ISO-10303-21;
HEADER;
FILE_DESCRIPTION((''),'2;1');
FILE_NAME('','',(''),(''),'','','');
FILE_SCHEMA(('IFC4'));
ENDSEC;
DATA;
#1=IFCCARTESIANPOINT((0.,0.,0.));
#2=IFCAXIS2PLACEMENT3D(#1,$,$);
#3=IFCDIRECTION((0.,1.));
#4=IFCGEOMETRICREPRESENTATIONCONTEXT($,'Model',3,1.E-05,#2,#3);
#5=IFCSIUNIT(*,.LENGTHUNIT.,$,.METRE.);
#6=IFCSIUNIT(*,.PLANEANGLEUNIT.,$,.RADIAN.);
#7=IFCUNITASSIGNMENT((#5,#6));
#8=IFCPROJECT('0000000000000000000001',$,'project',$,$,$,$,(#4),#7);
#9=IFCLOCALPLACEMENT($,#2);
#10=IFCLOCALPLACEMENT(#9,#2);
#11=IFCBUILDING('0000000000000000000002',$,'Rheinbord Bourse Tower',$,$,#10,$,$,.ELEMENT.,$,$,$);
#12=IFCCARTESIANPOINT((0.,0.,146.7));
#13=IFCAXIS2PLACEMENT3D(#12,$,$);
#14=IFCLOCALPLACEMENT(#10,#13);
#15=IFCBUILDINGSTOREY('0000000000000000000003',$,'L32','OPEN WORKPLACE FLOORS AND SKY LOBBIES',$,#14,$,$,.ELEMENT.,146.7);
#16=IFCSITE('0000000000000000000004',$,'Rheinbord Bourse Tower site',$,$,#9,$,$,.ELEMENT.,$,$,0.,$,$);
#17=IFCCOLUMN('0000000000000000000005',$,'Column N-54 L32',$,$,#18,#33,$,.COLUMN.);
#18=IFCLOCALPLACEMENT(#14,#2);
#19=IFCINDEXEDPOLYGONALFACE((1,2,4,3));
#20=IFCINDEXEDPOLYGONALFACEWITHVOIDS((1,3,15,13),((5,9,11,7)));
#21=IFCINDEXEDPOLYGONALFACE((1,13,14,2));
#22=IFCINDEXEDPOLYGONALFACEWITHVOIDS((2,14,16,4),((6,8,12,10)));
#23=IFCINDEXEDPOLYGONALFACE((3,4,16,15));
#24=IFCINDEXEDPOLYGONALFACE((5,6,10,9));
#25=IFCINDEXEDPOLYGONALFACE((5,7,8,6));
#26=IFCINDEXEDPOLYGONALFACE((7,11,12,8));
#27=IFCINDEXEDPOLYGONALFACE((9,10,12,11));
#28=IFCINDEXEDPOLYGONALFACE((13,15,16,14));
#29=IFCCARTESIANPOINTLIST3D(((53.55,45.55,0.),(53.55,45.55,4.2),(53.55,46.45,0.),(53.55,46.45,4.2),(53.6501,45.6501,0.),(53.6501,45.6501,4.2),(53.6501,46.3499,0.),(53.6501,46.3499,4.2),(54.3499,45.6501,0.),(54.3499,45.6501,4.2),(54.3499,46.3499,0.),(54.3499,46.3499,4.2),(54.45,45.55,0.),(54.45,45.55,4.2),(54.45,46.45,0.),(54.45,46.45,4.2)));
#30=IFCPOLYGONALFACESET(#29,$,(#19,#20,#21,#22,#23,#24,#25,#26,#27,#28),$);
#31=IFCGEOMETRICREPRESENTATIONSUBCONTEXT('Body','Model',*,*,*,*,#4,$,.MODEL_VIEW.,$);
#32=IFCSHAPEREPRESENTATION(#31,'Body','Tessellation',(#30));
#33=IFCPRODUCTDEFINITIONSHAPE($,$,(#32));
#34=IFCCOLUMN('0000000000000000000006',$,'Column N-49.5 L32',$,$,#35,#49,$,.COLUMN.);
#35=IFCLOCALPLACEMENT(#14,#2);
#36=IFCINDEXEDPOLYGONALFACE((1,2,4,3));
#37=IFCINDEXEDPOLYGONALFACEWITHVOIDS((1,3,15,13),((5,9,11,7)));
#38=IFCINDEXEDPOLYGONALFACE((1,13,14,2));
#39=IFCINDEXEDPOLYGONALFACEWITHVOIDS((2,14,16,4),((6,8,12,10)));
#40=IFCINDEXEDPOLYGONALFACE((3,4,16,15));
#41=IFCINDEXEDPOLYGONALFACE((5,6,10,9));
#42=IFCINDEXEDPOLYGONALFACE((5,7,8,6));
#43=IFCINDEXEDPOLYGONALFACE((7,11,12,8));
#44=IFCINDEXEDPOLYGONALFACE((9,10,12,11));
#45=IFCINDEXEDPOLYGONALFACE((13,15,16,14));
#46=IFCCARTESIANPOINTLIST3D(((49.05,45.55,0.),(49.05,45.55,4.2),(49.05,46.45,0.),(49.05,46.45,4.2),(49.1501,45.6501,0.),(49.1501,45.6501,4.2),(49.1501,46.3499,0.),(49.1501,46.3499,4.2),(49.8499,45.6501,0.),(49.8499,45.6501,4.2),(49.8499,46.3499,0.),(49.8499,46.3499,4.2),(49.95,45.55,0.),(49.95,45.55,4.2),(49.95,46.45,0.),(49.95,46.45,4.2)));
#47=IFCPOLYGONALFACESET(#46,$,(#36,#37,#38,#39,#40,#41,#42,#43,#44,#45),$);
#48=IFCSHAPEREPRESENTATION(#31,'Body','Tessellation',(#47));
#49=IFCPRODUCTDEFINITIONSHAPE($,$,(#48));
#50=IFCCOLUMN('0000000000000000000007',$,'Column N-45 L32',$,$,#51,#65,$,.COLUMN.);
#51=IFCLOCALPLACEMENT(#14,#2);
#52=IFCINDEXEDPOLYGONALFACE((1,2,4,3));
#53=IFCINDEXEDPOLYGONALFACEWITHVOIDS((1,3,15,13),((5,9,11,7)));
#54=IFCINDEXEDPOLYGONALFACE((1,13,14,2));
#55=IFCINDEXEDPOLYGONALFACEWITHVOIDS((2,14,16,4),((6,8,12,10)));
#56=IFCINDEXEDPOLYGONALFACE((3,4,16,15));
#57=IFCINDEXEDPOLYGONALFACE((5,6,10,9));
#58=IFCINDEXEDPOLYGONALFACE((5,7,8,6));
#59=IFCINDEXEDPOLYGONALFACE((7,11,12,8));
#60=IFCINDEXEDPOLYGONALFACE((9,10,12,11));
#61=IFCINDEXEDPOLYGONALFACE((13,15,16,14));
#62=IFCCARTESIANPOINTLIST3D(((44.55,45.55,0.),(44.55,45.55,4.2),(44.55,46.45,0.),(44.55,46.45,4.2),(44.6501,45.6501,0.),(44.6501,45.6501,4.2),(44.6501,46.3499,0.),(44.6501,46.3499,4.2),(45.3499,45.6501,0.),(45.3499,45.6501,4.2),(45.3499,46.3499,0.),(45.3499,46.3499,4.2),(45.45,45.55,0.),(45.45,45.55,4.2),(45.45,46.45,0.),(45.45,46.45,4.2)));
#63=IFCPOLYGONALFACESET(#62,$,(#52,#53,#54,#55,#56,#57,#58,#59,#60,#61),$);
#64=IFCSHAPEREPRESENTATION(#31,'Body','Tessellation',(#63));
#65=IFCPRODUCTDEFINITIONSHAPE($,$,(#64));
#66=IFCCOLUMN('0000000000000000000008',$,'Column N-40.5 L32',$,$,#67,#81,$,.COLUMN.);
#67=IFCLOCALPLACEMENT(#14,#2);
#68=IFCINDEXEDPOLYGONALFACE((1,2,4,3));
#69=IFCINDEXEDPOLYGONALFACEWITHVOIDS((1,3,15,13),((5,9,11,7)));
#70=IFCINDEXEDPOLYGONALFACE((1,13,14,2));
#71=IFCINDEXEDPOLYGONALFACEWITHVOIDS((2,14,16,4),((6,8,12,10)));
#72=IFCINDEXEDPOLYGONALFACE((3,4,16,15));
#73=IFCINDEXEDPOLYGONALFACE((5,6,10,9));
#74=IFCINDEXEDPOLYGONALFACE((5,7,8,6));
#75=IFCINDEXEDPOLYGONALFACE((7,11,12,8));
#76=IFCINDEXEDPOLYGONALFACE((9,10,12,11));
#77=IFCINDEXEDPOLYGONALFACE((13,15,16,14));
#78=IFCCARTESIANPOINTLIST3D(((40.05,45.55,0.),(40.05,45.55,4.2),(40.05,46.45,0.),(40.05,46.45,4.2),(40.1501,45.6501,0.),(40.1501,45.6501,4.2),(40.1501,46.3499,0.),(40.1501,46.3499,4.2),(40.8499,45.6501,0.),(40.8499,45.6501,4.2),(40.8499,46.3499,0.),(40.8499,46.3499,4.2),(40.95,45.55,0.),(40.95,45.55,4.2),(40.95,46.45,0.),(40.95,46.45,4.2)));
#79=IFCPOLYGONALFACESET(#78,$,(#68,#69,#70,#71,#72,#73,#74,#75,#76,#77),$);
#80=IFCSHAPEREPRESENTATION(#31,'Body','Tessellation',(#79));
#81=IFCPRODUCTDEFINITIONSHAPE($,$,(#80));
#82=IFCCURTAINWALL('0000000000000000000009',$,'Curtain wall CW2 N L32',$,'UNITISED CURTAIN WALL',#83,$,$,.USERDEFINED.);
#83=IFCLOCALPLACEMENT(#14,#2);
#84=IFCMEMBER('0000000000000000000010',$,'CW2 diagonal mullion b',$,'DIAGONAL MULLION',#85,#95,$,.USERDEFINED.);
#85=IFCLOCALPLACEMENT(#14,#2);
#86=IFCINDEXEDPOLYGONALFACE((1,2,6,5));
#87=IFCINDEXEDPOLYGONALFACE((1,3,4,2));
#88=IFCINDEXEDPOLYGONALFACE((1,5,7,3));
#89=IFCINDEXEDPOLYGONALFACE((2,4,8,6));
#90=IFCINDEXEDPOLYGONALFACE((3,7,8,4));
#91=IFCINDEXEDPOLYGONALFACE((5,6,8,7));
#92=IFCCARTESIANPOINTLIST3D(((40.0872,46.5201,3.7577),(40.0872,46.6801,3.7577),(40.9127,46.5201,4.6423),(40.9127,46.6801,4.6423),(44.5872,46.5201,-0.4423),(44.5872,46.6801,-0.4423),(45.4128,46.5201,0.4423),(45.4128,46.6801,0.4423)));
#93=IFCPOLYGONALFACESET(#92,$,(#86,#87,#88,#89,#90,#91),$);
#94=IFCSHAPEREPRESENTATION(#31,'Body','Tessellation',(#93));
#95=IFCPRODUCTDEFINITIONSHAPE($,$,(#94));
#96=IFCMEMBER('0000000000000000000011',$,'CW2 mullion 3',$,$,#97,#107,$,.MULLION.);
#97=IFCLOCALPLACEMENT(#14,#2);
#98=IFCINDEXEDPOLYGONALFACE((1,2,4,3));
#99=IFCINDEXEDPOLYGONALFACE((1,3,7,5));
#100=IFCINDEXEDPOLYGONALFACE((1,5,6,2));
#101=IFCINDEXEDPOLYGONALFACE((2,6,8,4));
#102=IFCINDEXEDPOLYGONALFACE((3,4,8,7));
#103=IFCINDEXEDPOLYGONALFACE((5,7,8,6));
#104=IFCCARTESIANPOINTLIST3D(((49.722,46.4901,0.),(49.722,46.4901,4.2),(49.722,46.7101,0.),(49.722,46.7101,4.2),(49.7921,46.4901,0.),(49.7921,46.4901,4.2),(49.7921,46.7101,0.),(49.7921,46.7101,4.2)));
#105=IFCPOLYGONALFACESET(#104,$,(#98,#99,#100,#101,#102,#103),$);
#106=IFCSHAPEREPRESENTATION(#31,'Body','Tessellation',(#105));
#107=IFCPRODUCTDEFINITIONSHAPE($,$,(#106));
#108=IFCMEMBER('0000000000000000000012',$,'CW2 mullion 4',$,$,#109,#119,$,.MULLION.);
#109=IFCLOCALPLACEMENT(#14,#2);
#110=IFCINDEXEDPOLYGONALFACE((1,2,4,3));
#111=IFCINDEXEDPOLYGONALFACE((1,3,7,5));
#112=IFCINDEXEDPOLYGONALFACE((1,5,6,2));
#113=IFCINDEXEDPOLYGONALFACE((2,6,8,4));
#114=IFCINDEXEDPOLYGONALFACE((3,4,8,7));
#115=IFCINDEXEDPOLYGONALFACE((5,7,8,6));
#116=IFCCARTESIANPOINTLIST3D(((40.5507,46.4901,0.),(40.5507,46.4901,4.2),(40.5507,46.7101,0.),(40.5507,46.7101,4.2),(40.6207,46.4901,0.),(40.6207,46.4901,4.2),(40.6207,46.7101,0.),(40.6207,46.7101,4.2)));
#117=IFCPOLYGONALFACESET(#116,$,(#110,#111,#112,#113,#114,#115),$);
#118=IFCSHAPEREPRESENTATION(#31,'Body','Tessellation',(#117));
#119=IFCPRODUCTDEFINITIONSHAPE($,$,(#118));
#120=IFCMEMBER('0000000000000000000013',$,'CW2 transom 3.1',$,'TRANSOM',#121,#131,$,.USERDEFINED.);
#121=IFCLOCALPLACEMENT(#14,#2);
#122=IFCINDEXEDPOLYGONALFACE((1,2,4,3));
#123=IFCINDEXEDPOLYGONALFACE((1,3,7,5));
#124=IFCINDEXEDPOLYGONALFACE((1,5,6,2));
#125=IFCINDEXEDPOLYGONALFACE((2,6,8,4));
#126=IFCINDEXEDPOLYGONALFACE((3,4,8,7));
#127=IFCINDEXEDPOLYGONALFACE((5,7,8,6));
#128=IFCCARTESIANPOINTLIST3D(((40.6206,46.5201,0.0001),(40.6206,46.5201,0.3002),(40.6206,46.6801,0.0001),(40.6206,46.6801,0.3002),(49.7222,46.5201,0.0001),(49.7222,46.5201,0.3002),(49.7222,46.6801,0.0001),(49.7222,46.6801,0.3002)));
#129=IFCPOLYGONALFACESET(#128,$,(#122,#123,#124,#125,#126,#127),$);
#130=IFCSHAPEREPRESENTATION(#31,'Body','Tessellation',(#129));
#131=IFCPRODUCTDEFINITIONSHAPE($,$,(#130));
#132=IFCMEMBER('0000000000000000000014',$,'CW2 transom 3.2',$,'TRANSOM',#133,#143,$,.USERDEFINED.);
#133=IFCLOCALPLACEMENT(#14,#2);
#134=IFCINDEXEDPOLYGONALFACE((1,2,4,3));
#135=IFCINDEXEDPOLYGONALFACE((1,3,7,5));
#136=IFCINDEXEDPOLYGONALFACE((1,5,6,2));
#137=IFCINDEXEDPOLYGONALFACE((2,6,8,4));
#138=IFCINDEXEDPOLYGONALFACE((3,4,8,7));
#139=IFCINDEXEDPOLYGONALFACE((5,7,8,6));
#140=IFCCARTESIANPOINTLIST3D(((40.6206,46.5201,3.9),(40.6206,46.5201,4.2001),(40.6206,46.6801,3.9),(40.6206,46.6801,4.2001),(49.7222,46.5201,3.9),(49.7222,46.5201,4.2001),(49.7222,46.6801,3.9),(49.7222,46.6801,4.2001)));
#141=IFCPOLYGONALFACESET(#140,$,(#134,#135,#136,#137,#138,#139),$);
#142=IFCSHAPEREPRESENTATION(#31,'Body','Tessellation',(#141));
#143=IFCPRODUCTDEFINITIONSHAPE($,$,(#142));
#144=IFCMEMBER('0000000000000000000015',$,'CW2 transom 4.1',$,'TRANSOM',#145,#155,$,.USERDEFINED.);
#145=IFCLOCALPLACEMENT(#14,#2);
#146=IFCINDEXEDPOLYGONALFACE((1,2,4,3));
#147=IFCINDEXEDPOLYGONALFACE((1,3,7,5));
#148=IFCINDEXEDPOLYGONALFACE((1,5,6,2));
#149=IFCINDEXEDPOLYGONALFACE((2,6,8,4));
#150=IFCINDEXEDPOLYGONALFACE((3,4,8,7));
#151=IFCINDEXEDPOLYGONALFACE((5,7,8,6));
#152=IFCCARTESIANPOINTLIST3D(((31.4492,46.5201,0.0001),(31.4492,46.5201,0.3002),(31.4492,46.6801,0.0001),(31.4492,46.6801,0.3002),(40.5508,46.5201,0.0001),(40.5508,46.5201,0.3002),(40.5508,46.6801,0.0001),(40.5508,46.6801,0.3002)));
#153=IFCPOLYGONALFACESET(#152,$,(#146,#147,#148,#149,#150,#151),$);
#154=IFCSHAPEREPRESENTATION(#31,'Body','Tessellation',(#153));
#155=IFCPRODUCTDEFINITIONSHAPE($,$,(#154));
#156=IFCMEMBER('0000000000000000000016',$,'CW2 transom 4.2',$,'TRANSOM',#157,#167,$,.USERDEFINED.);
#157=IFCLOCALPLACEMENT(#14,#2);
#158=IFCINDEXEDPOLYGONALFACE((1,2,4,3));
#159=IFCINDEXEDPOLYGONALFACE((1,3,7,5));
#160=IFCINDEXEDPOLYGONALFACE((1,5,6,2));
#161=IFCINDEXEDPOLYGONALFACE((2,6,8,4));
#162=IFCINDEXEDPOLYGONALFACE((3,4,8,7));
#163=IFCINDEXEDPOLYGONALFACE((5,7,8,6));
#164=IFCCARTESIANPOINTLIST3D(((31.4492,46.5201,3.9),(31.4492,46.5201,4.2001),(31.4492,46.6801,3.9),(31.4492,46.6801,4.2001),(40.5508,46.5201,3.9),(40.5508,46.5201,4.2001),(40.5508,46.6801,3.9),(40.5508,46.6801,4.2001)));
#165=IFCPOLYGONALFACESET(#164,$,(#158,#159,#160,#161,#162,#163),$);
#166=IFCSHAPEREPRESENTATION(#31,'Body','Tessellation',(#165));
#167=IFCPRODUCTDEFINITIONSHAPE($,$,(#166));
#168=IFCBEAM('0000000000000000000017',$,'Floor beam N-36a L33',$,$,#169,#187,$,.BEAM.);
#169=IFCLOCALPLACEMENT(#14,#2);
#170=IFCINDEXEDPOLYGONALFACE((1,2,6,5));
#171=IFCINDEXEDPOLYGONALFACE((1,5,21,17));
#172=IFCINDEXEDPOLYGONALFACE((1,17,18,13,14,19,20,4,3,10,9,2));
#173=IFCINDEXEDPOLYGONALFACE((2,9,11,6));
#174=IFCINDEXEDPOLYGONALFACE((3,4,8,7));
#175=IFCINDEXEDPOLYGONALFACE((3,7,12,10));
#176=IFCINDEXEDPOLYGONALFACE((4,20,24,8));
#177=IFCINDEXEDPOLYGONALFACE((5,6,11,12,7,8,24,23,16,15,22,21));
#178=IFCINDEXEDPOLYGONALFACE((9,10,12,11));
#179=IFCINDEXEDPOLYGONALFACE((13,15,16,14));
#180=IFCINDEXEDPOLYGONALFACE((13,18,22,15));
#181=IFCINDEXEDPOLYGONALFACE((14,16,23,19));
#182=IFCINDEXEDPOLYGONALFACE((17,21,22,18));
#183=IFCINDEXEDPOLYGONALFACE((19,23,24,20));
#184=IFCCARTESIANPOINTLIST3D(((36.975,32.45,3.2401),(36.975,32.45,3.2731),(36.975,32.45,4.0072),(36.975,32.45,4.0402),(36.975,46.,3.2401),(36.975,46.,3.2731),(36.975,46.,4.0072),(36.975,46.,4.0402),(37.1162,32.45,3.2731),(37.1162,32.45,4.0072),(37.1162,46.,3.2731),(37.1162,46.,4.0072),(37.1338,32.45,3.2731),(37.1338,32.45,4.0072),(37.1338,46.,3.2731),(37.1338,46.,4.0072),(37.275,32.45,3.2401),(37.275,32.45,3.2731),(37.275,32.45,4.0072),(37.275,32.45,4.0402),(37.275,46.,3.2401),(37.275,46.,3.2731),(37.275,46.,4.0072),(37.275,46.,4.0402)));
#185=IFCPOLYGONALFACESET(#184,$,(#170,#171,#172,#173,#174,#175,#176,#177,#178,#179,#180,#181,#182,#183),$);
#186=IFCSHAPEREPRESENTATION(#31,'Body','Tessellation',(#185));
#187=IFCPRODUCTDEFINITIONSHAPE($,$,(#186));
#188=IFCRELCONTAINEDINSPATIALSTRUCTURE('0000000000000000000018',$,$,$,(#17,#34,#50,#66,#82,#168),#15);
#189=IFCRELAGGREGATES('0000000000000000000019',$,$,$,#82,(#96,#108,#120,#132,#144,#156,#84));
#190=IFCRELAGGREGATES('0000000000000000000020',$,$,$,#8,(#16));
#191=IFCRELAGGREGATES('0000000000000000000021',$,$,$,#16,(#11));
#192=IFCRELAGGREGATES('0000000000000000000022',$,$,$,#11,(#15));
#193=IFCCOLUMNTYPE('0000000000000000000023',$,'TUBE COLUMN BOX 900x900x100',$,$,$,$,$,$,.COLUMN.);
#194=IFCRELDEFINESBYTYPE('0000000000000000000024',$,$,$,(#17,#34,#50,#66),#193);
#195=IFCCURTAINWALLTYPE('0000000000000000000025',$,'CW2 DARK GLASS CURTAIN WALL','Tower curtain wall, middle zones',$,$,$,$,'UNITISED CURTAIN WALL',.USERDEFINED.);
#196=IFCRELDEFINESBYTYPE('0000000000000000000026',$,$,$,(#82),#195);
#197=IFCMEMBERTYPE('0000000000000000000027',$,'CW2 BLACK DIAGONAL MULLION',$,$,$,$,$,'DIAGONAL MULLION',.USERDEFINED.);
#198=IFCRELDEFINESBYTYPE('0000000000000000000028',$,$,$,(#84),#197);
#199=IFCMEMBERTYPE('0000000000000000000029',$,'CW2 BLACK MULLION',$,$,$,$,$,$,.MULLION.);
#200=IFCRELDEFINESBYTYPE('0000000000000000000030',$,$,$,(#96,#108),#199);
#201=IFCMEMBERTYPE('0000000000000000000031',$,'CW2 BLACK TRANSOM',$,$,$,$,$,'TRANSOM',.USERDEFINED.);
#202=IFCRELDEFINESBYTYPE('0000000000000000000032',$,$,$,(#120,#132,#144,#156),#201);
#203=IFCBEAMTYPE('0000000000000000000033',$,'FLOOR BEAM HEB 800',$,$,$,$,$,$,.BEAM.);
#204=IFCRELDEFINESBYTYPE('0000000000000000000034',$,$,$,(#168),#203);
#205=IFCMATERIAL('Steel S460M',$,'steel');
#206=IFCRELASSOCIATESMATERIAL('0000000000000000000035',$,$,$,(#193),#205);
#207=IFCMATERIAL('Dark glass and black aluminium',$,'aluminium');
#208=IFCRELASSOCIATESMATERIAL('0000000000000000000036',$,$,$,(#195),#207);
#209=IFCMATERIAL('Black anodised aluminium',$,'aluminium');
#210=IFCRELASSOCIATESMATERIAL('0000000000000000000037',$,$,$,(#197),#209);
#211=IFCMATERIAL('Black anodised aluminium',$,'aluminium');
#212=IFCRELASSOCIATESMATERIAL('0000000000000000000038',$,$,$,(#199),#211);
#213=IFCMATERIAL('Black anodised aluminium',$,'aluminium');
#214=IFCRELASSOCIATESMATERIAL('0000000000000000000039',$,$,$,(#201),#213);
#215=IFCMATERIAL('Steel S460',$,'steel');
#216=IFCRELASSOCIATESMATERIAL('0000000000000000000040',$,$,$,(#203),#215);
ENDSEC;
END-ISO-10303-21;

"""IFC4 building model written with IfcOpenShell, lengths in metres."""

from ifc_helpers import new_model, si_unit, direction, frame, origin, origin_2d, place, context, subcontext, project, spatial, rectangle, hollow_rectangle, i_section, extrude, material, material_profile, profile_set, type_object, element, aggregate, save


model = new_model("IFC4")

# Units and contexts
model_context = context("Model", 3, precision=1e-05, world=origin(), true_north=direction((0.0, 1.0)))
body_context = subcontext(model_context, "Body", "Model", "MODEL_VIEW")
ifc_project = project(units=[si_unit("LENGTHUNIT", "METRE"), si_unit("PLANEANGLEUNIT", "RADIAN")], contexts=[model_context])

# Site, building, storey
site_placement = place(None, origin())
site = spatial("IfcSite", under=ifc_project, at=site_placement, Name="Rheinbord Bourse Tower site", CompositionType="ELEMENT", RefElevation=0.0)
building_placement = place(site_placement, origin())
building = spatial("IfcBuilding", under=site, at=building_placement, Name="Rheinbord Bourse Tower", CompositionType="ELEMENT")
storey_placement = place(building_placement, frame((0.0, 0.0, 146.7)))
storey = spatial("IfcBuildingStorey", under=building, at=storey_placement, Name="L32", Description="OPEN WORKPLACE FLOORS AND SKY LOBBIES", CompositionType="ELEMENT", Elevation=146.7)

# Columns
ifc_material_1 = material(Name="Steel S460M", Category="steel")
ifc_material_profile_1 = material_profile(ifc_material_1, hollow_rectangle(XDim=0.8999, YDim=0.8999, WallThickness=0.1001, at=origin_2d()), Name="BOX 900x900x100")
ifc_profile_set_1 = profile_set([ifc_material_profile_1], Name="Steel S460M")
column_type = type_object("IfcColumnType", Name="TUBE COLUMN BOX 900x900x100", PredefinedType="COLUMN", material=ifc_profile_set_1)
for number, where, z_axis, x_axis, name in (
    (1, (54.0, 46.0, 0.0), (0.0, 0.0, 1.0), (0.0, 1.0, 0.0), "Column N-54 L32"),
    (2, (49.5, 46.0, 0.0), (0.0, 0.0, 1.0), (0.0, 1.0, 0.0), "Column N-49.5 L32"),
    (3, (45.0, 46.0, 0.0), (0.0, 0.0, 1.0), (0.0, 1.0, 0.0), "Column N-45 L32"),
    (4, (40.5, 46.0, 0.0), (0.0, 0.0, 1.0), (0.0, 1.0, 0.0), "Column N-40.5 L32"),
):
    element("IfcColumn", number, at=place(storey_placement, frame(where, z_axis=z_axis, x_axis=x_axis)), inside=storey, type_object=column_type, Name=name, PredefinedType="COLUMN", context=body_context, shape_type="SweptSolid", body=[
        extrude(hollow_rectangle(XDim=0.8999, YDim=0.8999, WallThickness=0.1001, at=origin_2d()), origin(), (0.0, 0.0, 1.0), 4.2),
    ])

# Curtain wall, members
ifc_material_2 = material(Name="Dark glass and black aluminium", Category="aluminium")
curtain_wall_type = type_object("IfcCurtainWallType", Name="CW2 DARK GLASS CURTAIN WALL", Description="Tower curtain wall, middle zones", ElementType="UNITISED CURTAIN WALL", PredefinedType="USERDEFINED", material=ifc_material_2)
curtain_wall_placement = place(storey_placement, origin())
curtain_wall = element("IfcCurtainWall", 5, at=curtain_wall_placement, inside=storey, type_object=curtain_wall_type, Name="Curtain wall CW2 N L32", ObjectType="UNITISED CURTAIN WALL", PredefinedType="USERDEFINED")
ifc_material_3 = material(Name="Black anodised aluminium", Category="aluminium")
ifc_material_profile_2 = material_profile(ifc_material_3, rectangle(XDim=0.1599, YDim=1.21, at=origin_2d()), Name="CW2 DIAGONAL MULLION 1210x160")
ifc_profile_set_2 = profile_set([ifc_material_profile_2], Name="Black anodised aluminium")
member_type_1 = type_object("IfcMemberType", Name="CW2 BLACK DIAGONAL MULLION", ElementType="DIAGONAL MULLION", PredefinedType="USERDEFINED", material=ifc_profile_set_2)
member_1_placement = place(storey_placement, frame((45.0, 46.6001, 0.0), z_axis=(-0.731059, 0.0, 0.682314), x_axis=(0.0, -1.0, 0.0)))
member_1 = element("IfcMember", 6, at=member_1_placement, type_object=member_type_1, Name="CW2 diagonal mullion b", ObjectType="DIAGONAL MULLION", PredefinedType="USERDEFINED", context=body_context, shape_type="SweptSolid", body=[
    extrude(rectangle(XDim=0.1599, YDim=1.21, at=origin_2d()), origin(), (0.0, 0.0, 1.0), 6.1555),
])
ifc_material_4 = material(Name="Black anodised aluminium", Category="aluminium")
ifc_material_profile_3 = material_profile(ifc_material_4, rectangle(XDim=0.22, YDim=0.0701, at=origin_2d()), Name="CW2 MULLION 70x220")
ifc_profile_set_3 = profile_set([ifc_material_profile_3], Name="Black anodised aluminium")
member_type_2 = type_object("IfcMemberType", Name="CW2 BLACK MULLION", PredefinedType="MULLION", material=ifc_profile_set_3)
member_2_placement = place(storey_placement, frame((49.7571, 46.6001, 0.0), z_axis=(0.0, 0.0, 1.0), x_axis=(0.0, -1.0, 0.0)))
member_2 = element("IfcMember", 7, at=member_2_placement, type_object=member_type_2, Name="CW2 mullion 3", PredefinedType="MULLION", context=body_context, shape_type="SweptSolid", body=[
    extrude(rectangle(XDim=0.22, YDim=0.0701, at=origin_2d()), origin(), (0.0, 0.0, 1.0), 4.2),
])
member_3_placement = place(storey_placement, frame((40.5857, 46.6001, 0.0), z_axis=(0.0, 0.0, 1.0), x_axis=(0.0, -1.0, 0.0)))
member_3 = element("IfcMember", 8, at=member_3_placement, type_object=member_type_2, Name="CW2 mullion 4", PredefinedType="MULLION", context=body_context, shape_type="SweptSolid", body=[
    extrude(rectangle(XDim=0.22, YDim=0.0701, at=origin_2d()), origin(), (0.0, 0.0, 1.0), 4.2),
])
ifc_material_5 = material(Name="Black anodised aluminium", Category="aluminium")
ifc_material_profile_4 = material_profile(ifc_material_5, rectangle(XDim=0.1599, YDim=0.3, at=origin_2d()), Name="CW2 TRANSOM 300x160")
ifc_profile_set_4 = profile_set([ifc_material_profile_4], Name="Black anodised aluminium")
member_type_3 = type_object("IfcMemberType", Name="CW2 BLACK TRANSOM", ElementType="TRANSOM", PredefinedType="USERDEFINED", material=ifc_profile_set_4)
member_4_placement = place(storey_placement, frame((49.7222, 46.6001, 0.1501), z_axis=(-1.0, 0.0, 0.0), x_axis=(0.0, -1.0, 0.0)))
member_4 = element("IfcMember", 9, at=member_4_placement, type_object=member_type_3, Name="CW2 transom 3.1", ObjectType="TRANSOM", PredefinedType="USERDEFINED", context=body_context, shape_type="SweptSolid", body=[
    extrude(rectangle(XDim=0.1599, YDim=0.3, at=origin_2d()), origin(), (0.0, 0.0, 1.0), 9.1016),
])
member_5_placement = place(storey_placement, frame((49.7222, 46.6001, 4.05), z_axis=(-1.0, 0.0, 0.0), x_axis=(0.0, -1.0, 0.0)))
member_5 = element("IfcMember", 10, at=member_5_placement, type_object=member_type_3, Name="CW2 transom 3.2", ObjectType="TRANSOM", PredefinedType="USERDEFINED", context=body_context, shape_type="SweptSolid", body=[
    extrude(rectangle(XDim=0.1599, YDim=0.3, at=origin_2d()), origin(), (0.0, 0.0, 1.0), 9.1016),
])
member_6_placement = place(storey_placement, frame((40.5508, 46.6001, 0.1501), z_axis=(-1.0, 0.0, 0.0), x_axis=(0.0, -1.0, 0.0)))
member_6 = element("IfcMember", 11, at=member_6_placement, type_object=member_type_3, Name="CW2 transom 4.1", ObjectType="TRANSOM", PredefinedType="USERDEFINED", context=body_context, shape_type="SweptSolid", body=[
    extrude(rectangle(XDim=0.1599, YDim=0.3, at=origin_2d()), origin(), (0.0, 0.0, 1.0), 9.1016),
])
member_7_placement = place(storey_placement, frame((40.5508, 46.6001, 4.05), z_axis=(-1.0, 0.0, 0.0), x_axis=(0.0, -1.0, 0.0)))
member_7 = element("IfcMember", 12, at=member_7_placement, type_object=member_type_3, Name="CW2 transom 4.2", ObjectType="TRANSOM", PredefinedType="USERDEFINED", context=body_context, shape_type="SweptSolid", body=[
    extrude(rectangle(XDim=0.1599, YDim=0.3, at=origin_2d()), origin(), (0.0, 0.0, 1.0), 9.1016),
])

# Beam
ifc_material_6 = material(Name="Steel S460", Category="steel")
ifc_material_profile_5 = material_profile(ifc_material_6, i_section(OverallWidth=0.3, OverallDepth=0.8, WebThickness=0.0176, FlangeThickness=0.033, at=origin_2d()), Name="HEB 800")
ifc_profile_set_5 = profile_set([ifc_material_profile_5], Name="Steel S460")
beam_type_1 = type_object("IfcBeamType", Name="FLOOR BEAM HEB 800", PredefinedType="BEAM", material=ifc_profile_set_5)
for number, where, z_axis, x_axis, name in (
    (13, (37.125, 46.0, 3.6401), (0.0, -1.0, 0.0), (1.0, 0.0, 0.0), "Floor beam N-36a L33"),
):
    element("IfcBeam", number, at=place(storey_placement, frame(where, z_axis=z_axis, x_axis=x_axis)), inside=storey, type_object=beam_type_1, Name=name, PredefinedType="BEAM", context=body_context, shape_type="SweptSolid", body=[
        extrude(i_section(OverallWidth=0.3, OverallDepth=0.8, WebThickness=0.0176, FlangeThickness=0.033, at=origin_2d()), origin(), (0.0, 0.0, 1.0), 13.55),
    ])

aggregate(curtain_wall, [member_2, member_3, member_4, member_5, member_6, member_7, member_1])

save(model, "model.ifc")
